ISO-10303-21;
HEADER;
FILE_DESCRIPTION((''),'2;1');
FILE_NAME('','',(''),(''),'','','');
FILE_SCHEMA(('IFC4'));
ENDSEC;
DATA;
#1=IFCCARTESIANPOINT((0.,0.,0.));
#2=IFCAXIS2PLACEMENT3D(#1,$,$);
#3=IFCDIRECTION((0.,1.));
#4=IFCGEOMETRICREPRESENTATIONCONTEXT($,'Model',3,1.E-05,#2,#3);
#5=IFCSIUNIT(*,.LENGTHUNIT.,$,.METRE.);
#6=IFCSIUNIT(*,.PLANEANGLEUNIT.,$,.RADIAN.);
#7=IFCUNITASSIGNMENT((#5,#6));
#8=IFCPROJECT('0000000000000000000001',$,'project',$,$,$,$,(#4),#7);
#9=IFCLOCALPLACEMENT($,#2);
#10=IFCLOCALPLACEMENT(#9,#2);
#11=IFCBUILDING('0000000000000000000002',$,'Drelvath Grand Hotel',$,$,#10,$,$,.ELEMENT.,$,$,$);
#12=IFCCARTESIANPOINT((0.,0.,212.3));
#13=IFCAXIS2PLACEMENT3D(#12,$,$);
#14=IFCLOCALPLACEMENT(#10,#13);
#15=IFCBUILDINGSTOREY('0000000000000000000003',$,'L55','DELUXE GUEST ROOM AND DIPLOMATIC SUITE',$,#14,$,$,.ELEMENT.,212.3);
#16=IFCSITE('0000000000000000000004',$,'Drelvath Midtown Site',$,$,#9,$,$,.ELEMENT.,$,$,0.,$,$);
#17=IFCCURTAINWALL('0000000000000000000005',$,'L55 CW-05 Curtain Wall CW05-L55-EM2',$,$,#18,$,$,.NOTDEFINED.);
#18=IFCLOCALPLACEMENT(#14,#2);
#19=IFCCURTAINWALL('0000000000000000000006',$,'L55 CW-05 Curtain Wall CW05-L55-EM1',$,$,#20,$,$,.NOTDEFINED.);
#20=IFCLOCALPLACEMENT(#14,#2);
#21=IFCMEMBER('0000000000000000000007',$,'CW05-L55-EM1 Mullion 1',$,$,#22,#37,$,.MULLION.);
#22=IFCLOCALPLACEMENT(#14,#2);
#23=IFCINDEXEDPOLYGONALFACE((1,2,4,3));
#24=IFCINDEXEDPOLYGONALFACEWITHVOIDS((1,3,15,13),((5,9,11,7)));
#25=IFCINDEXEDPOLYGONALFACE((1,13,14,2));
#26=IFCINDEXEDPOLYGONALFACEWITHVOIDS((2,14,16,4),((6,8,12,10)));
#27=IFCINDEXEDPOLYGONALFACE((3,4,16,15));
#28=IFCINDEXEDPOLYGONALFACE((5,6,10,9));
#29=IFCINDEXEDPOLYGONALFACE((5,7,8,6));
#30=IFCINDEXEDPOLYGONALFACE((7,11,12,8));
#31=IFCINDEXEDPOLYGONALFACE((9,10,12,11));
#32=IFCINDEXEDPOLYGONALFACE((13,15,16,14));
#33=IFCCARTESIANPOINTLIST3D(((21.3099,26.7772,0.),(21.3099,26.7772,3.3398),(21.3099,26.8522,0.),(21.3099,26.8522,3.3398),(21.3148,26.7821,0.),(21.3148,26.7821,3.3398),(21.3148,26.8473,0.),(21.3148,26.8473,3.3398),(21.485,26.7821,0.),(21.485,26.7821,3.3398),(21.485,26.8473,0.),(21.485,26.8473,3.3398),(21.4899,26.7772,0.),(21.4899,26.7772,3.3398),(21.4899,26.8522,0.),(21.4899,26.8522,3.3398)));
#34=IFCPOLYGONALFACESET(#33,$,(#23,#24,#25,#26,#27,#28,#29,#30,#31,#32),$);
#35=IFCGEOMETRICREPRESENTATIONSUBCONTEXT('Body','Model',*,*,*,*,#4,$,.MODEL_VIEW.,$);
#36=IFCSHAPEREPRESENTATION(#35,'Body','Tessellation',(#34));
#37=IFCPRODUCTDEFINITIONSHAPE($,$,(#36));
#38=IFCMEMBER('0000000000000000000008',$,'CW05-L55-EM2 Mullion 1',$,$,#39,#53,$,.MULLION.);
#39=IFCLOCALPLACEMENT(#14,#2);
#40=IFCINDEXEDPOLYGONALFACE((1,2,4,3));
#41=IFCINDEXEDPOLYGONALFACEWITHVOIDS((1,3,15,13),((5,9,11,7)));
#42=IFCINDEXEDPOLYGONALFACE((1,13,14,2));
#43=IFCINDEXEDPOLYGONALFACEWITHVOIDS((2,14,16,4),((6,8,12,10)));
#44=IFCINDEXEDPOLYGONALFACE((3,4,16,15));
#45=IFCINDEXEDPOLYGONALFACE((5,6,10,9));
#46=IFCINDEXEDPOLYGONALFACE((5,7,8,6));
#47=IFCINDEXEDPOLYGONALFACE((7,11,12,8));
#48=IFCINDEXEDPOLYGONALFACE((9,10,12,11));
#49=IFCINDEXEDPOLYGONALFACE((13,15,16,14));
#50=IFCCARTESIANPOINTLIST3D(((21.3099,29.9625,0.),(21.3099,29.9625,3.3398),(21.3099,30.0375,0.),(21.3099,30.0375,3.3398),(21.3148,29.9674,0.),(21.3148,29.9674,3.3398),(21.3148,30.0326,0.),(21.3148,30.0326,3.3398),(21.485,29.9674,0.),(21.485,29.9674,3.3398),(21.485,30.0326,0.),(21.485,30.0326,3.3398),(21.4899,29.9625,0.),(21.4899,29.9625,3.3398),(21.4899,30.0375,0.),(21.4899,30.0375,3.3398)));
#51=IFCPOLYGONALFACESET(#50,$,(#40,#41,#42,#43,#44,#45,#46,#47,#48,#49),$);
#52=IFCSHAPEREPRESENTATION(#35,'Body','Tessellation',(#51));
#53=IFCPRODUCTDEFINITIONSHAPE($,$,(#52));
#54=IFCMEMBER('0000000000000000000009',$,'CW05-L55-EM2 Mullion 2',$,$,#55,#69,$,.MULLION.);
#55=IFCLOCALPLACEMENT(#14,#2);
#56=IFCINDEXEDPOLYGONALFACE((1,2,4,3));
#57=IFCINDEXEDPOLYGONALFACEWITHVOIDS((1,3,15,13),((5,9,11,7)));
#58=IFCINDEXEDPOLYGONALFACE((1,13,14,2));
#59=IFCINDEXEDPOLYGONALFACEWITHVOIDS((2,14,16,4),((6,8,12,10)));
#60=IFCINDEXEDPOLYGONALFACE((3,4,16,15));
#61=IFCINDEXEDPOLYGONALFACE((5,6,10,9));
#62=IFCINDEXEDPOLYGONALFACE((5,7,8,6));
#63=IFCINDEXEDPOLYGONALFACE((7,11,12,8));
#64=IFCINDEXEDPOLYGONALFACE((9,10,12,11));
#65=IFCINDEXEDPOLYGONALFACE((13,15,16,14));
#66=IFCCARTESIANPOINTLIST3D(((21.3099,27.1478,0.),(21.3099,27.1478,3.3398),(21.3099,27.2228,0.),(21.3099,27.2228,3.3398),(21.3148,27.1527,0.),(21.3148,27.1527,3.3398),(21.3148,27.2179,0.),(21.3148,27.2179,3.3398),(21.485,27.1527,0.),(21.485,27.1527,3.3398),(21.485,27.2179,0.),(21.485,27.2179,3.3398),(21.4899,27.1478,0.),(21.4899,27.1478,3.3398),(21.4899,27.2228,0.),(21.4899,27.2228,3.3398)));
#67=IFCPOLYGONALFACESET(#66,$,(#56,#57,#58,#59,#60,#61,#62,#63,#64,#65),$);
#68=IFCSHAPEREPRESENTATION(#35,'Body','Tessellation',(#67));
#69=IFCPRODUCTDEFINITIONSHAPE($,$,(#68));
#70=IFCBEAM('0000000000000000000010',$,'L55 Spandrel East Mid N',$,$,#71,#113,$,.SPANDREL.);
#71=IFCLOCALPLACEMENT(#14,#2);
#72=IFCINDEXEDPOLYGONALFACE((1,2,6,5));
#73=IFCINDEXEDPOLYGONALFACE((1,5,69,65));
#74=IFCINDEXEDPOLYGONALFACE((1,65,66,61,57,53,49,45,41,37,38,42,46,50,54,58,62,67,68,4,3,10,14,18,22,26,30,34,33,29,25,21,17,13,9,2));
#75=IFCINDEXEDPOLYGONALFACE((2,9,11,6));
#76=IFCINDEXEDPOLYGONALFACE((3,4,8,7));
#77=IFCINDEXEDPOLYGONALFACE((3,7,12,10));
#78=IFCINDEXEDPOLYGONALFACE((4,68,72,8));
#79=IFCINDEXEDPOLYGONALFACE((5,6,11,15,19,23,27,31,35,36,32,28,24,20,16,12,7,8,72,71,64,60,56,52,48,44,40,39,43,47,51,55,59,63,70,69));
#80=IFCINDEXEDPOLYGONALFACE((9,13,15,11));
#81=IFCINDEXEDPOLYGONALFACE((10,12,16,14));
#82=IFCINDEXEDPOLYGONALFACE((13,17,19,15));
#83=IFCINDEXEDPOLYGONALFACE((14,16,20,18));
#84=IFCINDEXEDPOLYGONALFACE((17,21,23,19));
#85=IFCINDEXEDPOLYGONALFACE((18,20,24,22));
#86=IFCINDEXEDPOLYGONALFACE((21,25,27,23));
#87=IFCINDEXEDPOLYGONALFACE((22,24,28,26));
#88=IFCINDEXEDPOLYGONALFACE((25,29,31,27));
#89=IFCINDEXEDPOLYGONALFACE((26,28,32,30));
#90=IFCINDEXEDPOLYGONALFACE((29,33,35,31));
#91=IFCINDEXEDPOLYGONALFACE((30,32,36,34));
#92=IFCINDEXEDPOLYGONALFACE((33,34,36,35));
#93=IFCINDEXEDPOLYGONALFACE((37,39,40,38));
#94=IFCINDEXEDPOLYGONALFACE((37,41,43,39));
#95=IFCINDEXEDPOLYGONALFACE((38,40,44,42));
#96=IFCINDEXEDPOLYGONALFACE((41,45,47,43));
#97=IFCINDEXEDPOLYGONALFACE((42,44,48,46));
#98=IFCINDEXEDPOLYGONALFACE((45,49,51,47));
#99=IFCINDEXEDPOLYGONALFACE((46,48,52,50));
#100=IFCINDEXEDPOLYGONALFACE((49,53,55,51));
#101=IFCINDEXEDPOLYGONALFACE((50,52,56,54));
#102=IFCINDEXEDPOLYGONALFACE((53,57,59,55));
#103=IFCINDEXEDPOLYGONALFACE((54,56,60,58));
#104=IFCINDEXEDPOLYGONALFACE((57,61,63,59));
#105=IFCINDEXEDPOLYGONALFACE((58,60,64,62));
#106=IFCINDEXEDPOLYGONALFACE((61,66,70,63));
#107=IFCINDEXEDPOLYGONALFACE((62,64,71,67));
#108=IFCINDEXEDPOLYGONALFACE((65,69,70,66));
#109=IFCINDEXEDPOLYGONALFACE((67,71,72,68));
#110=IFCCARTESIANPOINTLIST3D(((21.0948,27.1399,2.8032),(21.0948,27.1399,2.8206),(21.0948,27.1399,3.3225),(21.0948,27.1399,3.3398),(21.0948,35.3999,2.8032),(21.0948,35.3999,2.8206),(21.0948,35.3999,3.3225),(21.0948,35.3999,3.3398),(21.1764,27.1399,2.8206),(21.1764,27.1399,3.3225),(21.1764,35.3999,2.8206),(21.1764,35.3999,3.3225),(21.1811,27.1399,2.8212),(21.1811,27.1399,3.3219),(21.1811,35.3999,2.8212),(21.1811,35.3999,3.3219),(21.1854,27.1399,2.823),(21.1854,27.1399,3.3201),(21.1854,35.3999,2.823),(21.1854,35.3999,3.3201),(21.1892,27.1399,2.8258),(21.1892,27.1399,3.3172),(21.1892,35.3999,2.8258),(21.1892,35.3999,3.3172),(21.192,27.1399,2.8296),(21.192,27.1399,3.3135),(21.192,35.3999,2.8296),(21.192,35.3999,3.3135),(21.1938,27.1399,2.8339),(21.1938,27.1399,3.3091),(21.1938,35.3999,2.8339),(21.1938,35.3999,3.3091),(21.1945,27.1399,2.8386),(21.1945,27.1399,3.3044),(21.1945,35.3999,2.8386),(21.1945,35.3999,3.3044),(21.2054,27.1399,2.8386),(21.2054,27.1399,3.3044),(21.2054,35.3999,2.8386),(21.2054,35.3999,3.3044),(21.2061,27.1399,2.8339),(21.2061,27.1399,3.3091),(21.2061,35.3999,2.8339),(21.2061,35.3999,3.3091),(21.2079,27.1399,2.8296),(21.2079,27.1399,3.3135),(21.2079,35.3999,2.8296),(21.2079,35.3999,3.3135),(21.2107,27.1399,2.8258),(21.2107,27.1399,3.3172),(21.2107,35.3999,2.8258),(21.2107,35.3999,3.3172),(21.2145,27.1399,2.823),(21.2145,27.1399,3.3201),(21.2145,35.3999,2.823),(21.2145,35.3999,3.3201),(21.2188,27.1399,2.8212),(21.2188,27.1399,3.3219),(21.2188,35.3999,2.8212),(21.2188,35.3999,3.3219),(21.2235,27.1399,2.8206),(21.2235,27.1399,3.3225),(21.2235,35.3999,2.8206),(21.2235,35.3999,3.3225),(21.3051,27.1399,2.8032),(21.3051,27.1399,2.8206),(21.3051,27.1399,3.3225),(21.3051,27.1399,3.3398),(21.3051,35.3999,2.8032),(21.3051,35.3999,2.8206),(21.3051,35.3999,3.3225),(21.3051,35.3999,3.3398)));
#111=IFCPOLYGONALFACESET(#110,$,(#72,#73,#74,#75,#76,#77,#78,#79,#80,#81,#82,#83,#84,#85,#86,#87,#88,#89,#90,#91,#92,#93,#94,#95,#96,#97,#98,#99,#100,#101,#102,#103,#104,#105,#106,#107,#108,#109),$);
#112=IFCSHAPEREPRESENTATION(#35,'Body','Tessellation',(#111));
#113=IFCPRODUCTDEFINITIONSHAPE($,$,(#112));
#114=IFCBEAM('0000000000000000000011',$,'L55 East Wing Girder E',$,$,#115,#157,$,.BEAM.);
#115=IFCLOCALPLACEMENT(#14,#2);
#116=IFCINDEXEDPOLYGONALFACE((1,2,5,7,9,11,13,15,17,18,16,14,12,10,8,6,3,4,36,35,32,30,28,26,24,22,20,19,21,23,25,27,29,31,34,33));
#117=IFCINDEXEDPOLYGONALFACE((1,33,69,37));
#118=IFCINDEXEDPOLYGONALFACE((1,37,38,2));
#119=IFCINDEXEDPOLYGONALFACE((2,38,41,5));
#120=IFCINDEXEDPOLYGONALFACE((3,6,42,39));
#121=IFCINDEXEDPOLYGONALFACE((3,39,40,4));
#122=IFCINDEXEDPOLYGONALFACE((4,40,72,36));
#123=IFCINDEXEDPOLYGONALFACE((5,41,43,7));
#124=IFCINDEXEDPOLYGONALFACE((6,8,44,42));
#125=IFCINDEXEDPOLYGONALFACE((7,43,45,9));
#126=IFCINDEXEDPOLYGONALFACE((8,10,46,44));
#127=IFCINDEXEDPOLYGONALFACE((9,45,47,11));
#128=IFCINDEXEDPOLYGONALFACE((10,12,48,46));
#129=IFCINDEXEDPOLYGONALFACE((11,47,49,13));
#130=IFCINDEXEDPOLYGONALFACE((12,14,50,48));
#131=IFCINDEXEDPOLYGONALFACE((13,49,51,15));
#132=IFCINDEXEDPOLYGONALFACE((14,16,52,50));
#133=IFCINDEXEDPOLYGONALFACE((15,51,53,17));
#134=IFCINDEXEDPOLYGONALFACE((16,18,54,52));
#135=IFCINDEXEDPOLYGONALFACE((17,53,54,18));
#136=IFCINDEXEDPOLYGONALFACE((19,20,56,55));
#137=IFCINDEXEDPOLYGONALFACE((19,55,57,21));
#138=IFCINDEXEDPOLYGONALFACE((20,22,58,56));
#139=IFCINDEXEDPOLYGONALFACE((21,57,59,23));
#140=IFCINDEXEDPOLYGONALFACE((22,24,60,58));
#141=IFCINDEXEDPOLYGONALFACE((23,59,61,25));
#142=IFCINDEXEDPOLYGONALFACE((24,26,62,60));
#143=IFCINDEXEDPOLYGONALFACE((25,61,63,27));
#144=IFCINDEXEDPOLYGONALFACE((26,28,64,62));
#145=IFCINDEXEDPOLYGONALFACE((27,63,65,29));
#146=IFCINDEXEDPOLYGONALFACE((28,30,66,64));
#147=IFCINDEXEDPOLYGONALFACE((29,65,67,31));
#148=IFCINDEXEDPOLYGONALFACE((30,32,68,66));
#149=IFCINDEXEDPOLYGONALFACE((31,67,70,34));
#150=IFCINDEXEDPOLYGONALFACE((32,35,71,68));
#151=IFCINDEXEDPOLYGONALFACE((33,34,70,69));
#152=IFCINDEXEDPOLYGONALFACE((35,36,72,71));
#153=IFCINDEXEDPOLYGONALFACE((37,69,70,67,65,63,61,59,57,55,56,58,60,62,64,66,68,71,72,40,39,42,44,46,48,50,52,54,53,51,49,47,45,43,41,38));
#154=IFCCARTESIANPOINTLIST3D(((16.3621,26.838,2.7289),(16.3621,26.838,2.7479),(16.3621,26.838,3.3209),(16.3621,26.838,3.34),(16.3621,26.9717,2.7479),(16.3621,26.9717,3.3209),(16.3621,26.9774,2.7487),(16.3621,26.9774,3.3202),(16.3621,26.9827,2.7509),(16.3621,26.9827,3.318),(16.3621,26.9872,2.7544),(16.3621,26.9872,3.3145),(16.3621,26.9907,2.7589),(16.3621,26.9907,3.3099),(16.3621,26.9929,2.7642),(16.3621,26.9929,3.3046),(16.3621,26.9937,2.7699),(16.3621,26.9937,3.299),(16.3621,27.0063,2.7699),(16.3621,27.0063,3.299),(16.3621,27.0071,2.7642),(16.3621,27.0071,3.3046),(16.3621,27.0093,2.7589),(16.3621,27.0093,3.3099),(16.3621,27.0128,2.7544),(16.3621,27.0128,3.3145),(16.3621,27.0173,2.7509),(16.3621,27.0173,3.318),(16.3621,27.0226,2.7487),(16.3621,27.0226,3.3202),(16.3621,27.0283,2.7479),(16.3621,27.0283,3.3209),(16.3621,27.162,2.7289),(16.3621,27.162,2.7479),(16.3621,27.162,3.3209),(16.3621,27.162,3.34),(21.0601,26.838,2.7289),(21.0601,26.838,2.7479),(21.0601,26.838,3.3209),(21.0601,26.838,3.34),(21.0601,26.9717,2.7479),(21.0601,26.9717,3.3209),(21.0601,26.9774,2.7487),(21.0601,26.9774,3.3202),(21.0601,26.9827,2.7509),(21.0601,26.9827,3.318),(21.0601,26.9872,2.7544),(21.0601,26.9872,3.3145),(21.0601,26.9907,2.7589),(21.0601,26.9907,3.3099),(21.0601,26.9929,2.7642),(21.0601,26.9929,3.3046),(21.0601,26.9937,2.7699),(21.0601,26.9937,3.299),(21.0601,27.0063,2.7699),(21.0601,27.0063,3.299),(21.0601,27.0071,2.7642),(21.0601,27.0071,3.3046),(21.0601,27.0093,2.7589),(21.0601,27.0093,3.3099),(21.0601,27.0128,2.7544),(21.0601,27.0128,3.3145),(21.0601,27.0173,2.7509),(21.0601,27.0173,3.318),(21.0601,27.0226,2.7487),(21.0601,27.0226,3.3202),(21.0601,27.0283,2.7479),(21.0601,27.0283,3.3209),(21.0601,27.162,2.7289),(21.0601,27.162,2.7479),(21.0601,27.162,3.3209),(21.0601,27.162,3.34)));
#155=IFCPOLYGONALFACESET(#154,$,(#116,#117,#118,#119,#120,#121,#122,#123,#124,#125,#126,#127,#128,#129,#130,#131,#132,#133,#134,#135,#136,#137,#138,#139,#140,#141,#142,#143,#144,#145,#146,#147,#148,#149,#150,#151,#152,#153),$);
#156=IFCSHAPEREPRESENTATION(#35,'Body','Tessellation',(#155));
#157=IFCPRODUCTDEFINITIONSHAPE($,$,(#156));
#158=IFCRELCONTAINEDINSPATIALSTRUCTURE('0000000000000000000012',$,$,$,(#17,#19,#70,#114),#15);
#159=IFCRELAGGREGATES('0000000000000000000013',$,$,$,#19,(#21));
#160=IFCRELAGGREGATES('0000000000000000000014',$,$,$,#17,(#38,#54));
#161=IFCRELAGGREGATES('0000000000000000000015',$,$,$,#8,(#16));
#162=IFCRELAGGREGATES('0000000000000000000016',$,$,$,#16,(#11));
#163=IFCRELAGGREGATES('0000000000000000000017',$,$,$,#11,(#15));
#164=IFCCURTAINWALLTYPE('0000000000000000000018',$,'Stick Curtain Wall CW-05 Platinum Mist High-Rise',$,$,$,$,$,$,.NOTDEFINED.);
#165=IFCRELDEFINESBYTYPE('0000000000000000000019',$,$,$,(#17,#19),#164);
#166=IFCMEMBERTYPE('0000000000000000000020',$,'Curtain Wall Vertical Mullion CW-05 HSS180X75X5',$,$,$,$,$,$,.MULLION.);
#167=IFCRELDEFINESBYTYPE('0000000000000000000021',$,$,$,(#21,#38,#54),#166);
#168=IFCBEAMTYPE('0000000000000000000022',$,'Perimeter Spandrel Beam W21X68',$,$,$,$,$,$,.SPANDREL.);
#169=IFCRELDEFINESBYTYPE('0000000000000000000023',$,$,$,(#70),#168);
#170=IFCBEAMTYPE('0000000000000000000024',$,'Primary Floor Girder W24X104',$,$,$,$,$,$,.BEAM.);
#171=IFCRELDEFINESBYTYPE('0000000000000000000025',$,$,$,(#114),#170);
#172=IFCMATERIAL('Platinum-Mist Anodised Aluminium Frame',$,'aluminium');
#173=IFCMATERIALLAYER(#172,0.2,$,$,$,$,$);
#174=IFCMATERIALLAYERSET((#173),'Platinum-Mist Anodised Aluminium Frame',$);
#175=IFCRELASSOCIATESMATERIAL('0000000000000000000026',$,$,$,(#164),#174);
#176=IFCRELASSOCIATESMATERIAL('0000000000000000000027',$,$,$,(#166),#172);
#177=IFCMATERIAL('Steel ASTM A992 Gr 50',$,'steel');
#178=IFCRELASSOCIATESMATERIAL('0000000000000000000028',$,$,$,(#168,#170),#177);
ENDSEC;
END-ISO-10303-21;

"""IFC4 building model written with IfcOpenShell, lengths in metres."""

from ifc_helpers import new_model, si_unit, direction, frame, origin, origin_2d, place, context, subcontext, project, spatial, hollow_rectangle, i_section, extrude, material, layer, layer_set, material_profile, profile_set, type_object, element, aggregate, save


model = new_model("IFC4")

# Units and contexts
model_context = context("Model", 3, precision=1e-05, world=origin(), true_north=direction((0.0, 1.0)))
body_context = subcontext(model_context, "Body", "Model", "MODEL_VIEW")
ifc_project = project(units=[si_unit("LENGTHUNIT", "METRE"), si_unit("PLANEANGLEUNIT", "RADIAN")], contexts=[model_context])

# Site, building, storey
site_placement = place(None, origin())
site = spatial("IfcSite", under=ifc_project, at=site_placement, Name="Drelvath Midtown Site", CompositionType="ELEMENT", RefElevation=0.0)
building_placement = place(site_placement, origin())
building = spatial("IfcBuilding", under=site, at=building_placement, Name="Drelvath Grand Hotel", CompositionType="ELEMENT")
storey_placement = place(building_placement, frame((0.0, 0.0, 212.3)))
storey = spatial("IfcBuildingStorey", under=building, at=storey_placement, Name="L55", Description="DELUXE GUEST ROOM AND DIPLOMATIC SUITE", CompositionType="ELEMENT", Elevation=212.3)

# Curtain wall
ifc_material_1 = material(Name="Platinum-Mist Anodised Aluminium Frame", Category="aluminium")
ifc_layer_1 = layer(ifc_material_1, 0.2)
ifc_layer_set_1 = layer_set([ifc_layer_1], Name="Platinum-Mist Anodised Aluminium Frame")
curtain_wall_type = type_object("IfcCurtainWallType", Name="Stick Curtain Wall CW-05 Platinum Mist High-Rise", PredefinedType="NOTDEFINED", material=ifc_layer_set_1)
curtain_wall_1_placement = place(storey_placement, origin())
curtain_wall_1 = element("IfcCurtainWall", 1, at=curtain_wall_1_placement, inside=storey, type_object=curtain_wall_type, Name="L55 CW-05 Curtain Wall CW05-L55-EM2", PredefinedType="NOTDEFINED")

# Shared definitions
ifc_material_profile_1 = material_profile(ifc_material_1, hollow_rectangle(XDim=0.075, YDim=0.1799, WallThickness=0.0049, at=origin_2d()), Name="HSS180X75X5")
ifc_profile_set_1 = profile_set([ifc_material_profile_1], Name="Platinum-Mist Anodised Aluminium Frame")
member_type_1 = type_object("IfcMemberType", Name="Curtain Wall Vertical Mullion CW-05 HSS180X75X5", PredefinedType="MULLION", material=ifc_profile_set_1)

# Curtain wall, member
curtain_wall_2_placement = place(storey_placement, origin())
curtain_wall_2 = element("IfcCurtainWall", 2, at=curtain_wall_2_placement, inside=storey, type_object=curtain_wall_type, Name="L55 CW-05 Curtain Wall CW05-L55-EM1", PredefinedType="NOTDEFINED")
member_1_placement = place(storey_placement, frame((21.3999, 26.8147, 0.0), z_axis=(0.0, 0.0, 1.0), x_axis=(0.0, 1.0, 0.0)))
member_1 = element("IfcMember", 3, at=member_1_placement, type_object=member_type_1, Name="CW05-L55-EM1 Mullion 1", PredefinedType="MULLION", context=body_context, shape_type="SweptSolid", body=[
    extrude(hollow_rectangle(XDim=0.075, YDim=0.1799, WallThickness=0.0049, at=origin_2d()), origin(), (0.0, 0.0, 1.0), 3.3398),
])
aggregate(curtain_wall_2, [member_1])

# Members
member_2_placement = place(storey_placement, frame((21.3999, 30.0, 0.0), z_axis=(0.0, 0.0, 1.0), x_axis=(0.0, 1.0, 0.0)))
member_2 = element("IfcMember", 4, at=member_2_placement, type_object=member_type_1, Name="CW05-L55-EM2 Mullion 1", PredefinedType="MULLION", context=body_context, shape_type="SweptSolid", body=[
    extrude(hollow_rectangle(XDim=0.075, YDim=0.1799, WallThickness=0.0049, at=origin_2d()), origin(), (0.0, 0.0, 1.0), 3.3398),
])
member_3_placement = place(storey_placement, frame((21.3999, 27.1853, 0.0), z_axis=(0.0, 0.0, 1.0), x_axis=(0.0, 1.0, 0.0)))
member_3 = element("IfcMember", 5, at=member_3_placement, type_object=member_type_1, Name="CW05-L55-EM2 Mullion 2", PredefinedType="MULLION", context=body_context, shape_type="SweptSolid", body=[
    extrude(hollow_rectangle(XDim=0.075, YDim=0.1799, WallThickness=0.0049, at=origin_2d()), origin(), (0.0, 0.0, 1.0), 3.3398),
])

# Beams
ifc_material_2 = material(Name="Steel ASTM A992 Gr 50", Category="steel")
ifc_material_profile_2 = material_profile(ifc_material_2, i_section(OverallWidth=0.2102, OverallDepth=0.5366, WebThickness=0.011, FlangeThickness=0.0173, FilletRadius=0.0181, at=origin_2d()), Name="W21X68")
ifc_profile_set_2 = profile_set([ifc_material_profile_2], Name="Steel ASTM A992 Gr 50")
beam_type_1 = type_object("IfcBeamType", Name="Perimeter Spandrel Beam W21X68", PredefinedType="SPANDREL", material=ifc_profile_set_2)
beam_1_placement = place(storey_placement, frame((21.2, 27.1399, 3.0715), z_axis=(0.0, 1.0, 0.0), x_axis=(-1.0, 0.0, 0.0)))
element("IfcBeam", 6, at=beam_1_placement, inside=storey, type_object=beam_type_1, Name="L55 Spandrel East Mid N", PredefinedType="SPANDREL", context=body_context, shape_type="SweptSolid", body=[
    extrude(i_section(OverallWidth=0.2102, OverallDepth=0.5366, WebThickness=0.011, FlangeThickness=0.0173, FilletRadius=0.0181, at=origin_2d()), origin(), (0.0, 0.0, 1.0), 8.26),
])
ifc_material_profile_3 = material_profile(ifc_material_2, i_section(OverallWidth=0.324, OverallDepth=0.6111, WebThickness=0.0127, FlangeThickness=0.019, FilletRadius=0.022, at=origin_2d()), Name="W24X104")
ifc_profile_set_3 = profile_set([ifc_material_profile_3], Name="Steel ASTM A992 Gr 50")
beam_type_2 = type_object("IfcBeamType", Name="Primary Floor Girder W24X104", PredefinedType="BEAM", material=ifc_profile_set_3)
beam_2_placement = place(storey_placement, frame((16.3621, 27.0, 3.0344), z_axis=(1.0, 0.0, 0.0), x_axis=(0.0, 1.0, 0.0)))
element("IfcBeam", 7, at=beam_2_placement, inside=storey, type_object=beam_type_2, Name="L55 East Wing Girder E", PredefinedType="BEAM", context=body_context, shape_type="SweptSolid", body=[
    extrude(i_section(OverallWidth=0.324, OverallDepth=0.6111, WebThickness=0.0127, FlangeThickness=0.019, FilletRadius=0.022, at=origin_2d()), origin(), (0.0, 0.0, 1.0), 4.698),
])

aggregate(curtain_wall_1, [member_2, member_3])

save(model, "model.ifc")
